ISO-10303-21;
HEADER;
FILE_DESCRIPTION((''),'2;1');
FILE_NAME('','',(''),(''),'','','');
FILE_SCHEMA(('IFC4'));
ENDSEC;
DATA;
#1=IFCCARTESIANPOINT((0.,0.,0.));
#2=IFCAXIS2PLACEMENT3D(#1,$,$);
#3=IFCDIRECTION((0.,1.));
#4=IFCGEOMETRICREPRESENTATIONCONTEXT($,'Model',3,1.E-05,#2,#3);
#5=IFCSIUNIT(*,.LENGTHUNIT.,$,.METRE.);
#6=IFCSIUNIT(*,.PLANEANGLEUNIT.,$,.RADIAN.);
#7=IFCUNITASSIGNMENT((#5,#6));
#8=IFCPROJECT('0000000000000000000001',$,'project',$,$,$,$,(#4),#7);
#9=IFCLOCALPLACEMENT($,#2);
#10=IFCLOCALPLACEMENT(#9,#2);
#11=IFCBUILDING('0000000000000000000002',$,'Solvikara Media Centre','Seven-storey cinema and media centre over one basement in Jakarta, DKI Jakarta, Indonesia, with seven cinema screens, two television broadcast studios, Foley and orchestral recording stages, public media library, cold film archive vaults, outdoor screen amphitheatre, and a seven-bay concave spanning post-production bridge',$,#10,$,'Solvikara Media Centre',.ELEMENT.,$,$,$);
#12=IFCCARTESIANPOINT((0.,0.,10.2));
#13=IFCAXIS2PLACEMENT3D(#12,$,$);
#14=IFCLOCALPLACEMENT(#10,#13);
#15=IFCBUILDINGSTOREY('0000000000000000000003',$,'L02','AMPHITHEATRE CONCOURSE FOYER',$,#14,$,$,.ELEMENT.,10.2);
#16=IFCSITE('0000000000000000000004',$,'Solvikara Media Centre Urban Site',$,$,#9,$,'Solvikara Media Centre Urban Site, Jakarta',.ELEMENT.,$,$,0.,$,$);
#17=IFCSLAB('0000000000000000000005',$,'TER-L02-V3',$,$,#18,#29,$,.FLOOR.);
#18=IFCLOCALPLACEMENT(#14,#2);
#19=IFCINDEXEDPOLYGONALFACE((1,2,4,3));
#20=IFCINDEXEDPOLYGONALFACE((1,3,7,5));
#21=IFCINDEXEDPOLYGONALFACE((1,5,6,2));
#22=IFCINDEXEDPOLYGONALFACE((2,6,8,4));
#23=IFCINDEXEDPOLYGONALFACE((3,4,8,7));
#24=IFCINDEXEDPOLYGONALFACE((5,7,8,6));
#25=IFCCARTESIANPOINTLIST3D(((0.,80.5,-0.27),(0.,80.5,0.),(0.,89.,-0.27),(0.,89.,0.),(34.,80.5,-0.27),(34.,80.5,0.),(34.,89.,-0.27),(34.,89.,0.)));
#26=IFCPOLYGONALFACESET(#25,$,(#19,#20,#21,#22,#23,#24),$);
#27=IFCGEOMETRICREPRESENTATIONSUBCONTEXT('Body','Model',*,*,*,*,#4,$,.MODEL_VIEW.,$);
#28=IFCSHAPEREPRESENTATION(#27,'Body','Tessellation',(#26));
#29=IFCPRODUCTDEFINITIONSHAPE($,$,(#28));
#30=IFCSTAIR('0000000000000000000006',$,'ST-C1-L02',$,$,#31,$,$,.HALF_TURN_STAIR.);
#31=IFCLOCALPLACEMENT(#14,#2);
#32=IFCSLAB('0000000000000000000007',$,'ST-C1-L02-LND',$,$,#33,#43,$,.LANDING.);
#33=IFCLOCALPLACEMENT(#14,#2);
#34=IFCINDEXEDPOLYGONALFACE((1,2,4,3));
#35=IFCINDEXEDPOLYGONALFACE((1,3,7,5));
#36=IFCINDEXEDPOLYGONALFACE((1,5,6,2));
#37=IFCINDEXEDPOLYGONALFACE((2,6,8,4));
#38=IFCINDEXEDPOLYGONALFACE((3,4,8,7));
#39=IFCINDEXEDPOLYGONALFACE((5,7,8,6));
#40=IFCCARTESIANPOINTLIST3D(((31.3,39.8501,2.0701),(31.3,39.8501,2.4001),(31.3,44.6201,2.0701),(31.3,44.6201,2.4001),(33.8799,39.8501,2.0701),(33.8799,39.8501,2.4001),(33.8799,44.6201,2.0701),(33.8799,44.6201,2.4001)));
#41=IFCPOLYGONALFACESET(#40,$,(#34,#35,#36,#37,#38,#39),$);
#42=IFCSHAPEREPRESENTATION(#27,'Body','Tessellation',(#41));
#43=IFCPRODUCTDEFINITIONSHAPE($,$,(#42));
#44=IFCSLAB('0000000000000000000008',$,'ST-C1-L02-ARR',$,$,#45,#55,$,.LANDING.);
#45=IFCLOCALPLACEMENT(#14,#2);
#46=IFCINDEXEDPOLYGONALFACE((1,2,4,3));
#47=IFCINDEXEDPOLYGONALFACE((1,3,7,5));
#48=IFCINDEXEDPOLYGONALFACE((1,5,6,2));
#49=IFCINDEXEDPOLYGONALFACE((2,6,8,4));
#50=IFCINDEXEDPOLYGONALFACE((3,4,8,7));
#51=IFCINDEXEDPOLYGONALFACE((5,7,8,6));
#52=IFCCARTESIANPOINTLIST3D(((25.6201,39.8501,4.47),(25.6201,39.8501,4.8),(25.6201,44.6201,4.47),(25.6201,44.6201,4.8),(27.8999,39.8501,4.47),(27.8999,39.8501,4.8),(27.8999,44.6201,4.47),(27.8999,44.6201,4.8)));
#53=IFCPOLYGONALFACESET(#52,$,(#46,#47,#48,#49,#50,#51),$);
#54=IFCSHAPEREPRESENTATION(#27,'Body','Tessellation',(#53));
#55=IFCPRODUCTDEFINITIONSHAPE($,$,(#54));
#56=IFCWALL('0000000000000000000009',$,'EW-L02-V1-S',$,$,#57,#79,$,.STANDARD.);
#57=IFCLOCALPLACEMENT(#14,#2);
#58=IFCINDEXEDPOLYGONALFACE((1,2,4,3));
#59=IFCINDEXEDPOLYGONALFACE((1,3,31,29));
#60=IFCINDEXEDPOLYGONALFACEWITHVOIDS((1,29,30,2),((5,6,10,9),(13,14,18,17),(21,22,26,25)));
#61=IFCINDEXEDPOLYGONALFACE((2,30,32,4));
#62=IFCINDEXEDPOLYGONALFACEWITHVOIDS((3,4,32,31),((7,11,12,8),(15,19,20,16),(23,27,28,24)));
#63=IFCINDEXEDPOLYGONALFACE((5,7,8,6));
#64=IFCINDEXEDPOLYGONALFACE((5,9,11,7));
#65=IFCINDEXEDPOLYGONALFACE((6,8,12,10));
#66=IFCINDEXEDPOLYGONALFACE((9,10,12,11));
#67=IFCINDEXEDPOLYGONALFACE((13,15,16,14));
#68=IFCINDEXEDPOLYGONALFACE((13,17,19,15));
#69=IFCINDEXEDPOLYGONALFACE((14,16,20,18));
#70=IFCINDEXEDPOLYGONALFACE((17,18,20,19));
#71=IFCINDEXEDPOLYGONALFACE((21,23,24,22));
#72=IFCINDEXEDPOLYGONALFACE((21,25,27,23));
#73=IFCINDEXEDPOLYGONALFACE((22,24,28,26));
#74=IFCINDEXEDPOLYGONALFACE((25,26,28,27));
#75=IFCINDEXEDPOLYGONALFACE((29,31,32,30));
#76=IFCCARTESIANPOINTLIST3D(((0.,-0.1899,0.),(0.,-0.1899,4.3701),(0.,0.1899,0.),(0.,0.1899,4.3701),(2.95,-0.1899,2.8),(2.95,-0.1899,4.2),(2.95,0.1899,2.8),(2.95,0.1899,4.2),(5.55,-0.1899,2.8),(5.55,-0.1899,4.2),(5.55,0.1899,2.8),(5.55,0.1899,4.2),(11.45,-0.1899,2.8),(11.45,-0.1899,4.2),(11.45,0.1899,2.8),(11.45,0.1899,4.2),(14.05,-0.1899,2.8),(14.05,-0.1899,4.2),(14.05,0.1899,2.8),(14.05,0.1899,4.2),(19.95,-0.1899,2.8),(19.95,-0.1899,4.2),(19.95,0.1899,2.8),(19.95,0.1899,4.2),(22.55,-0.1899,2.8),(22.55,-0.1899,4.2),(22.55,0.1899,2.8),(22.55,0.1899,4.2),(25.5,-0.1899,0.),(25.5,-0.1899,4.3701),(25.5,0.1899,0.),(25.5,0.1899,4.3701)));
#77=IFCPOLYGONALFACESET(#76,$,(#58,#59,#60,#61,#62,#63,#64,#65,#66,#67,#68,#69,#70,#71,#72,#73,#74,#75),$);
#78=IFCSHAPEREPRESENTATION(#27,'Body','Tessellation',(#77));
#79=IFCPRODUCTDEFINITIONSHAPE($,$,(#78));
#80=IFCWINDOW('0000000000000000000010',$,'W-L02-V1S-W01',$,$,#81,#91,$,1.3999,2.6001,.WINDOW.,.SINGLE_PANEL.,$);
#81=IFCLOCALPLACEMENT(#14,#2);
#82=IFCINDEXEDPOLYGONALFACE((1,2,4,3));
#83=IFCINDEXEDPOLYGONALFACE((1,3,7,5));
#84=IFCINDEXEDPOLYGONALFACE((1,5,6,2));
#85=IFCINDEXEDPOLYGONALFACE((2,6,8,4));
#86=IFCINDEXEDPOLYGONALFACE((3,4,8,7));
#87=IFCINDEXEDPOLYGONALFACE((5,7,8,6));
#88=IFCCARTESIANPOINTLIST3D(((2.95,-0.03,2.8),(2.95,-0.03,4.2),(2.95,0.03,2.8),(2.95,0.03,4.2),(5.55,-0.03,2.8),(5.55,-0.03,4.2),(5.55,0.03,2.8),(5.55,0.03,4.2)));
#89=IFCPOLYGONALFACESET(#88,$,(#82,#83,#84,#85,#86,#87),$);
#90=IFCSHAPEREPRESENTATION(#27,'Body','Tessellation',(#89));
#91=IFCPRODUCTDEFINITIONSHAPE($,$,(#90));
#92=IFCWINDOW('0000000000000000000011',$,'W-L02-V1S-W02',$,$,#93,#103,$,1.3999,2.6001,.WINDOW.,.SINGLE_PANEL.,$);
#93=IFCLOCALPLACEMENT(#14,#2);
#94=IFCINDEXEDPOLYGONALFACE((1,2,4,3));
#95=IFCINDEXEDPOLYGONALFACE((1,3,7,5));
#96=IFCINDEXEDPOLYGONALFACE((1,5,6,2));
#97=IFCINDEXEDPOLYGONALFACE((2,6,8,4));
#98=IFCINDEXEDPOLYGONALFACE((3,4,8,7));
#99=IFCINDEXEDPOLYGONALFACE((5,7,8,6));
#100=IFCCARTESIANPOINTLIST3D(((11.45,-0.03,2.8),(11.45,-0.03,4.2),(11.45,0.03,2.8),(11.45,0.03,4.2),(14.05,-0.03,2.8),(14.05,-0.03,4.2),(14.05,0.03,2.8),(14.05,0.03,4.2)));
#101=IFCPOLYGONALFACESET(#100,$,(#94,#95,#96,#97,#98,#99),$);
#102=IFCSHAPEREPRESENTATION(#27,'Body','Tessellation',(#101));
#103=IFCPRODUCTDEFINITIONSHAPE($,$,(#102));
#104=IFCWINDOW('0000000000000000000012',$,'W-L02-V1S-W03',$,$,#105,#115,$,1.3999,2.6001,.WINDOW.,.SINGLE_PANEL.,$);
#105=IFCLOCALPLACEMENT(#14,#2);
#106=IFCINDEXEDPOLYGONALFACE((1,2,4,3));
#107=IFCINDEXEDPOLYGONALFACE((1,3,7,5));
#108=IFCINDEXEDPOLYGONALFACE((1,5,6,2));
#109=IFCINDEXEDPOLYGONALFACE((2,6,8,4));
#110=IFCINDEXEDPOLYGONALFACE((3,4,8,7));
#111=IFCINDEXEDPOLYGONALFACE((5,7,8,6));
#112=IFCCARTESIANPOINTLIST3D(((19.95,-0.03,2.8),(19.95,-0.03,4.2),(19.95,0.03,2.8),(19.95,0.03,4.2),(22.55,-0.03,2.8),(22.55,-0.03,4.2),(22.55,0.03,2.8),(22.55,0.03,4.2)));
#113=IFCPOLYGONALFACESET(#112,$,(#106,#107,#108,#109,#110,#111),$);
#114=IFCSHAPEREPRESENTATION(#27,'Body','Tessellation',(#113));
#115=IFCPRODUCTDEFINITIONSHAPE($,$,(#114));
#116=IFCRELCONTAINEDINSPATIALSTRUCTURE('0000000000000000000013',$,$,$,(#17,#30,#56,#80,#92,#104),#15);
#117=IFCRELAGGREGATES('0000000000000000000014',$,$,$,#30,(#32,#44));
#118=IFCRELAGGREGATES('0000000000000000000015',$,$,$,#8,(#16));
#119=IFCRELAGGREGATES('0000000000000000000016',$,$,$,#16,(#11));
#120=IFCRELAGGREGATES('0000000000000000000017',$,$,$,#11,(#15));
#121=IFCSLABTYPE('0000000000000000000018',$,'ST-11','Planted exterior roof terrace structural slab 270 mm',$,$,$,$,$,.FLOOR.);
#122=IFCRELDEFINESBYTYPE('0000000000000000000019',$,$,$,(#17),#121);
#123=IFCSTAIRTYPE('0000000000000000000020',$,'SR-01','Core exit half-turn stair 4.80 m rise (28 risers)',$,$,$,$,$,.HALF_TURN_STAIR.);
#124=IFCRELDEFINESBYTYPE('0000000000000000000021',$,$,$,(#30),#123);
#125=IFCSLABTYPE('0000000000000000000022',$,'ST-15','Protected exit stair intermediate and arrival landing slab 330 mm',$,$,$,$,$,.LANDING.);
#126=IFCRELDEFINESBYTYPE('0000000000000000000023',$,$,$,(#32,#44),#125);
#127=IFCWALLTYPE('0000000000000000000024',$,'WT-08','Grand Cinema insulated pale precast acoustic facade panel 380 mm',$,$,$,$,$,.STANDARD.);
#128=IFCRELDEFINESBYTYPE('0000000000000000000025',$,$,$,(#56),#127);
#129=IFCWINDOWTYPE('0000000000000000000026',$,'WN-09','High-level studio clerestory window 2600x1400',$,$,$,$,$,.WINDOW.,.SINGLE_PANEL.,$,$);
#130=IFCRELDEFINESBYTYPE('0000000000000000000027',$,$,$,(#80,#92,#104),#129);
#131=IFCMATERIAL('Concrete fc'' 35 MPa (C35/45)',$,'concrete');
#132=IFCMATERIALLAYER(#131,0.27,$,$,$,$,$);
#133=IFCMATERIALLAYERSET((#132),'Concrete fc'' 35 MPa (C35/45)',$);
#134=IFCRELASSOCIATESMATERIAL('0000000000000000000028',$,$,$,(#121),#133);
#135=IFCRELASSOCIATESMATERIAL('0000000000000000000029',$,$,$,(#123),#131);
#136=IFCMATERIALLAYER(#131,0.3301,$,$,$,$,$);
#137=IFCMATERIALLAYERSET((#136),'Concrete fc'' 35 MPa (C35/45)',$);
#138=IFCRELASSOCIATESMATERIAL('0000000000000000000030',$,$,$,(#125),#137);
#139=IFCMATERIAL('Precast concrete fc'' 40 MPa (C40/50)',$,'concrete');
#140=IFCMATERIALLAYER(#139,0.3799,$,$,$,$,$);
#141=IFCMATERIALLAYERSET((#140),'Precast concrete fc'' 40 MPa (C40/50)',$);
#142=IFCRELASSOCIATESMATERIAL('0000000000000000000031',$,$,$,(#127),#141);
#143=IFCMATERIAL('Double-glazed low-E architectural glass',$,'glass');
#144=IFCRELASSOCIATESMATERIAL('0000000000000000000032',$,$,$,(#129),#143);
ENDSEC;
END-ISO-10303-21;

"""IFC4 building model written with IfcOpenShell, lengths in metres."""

from ifc_helpers import new_model, si_unit, direction, frame, frame_2d, origin, origin_with_axes, place, context, subcontext, project, spatial, polyline, rectangle, outline, extrude, material, layer, layer_set, type_object, element, fill, aggregate, save


model = new_model("IFC4")

# Units and contexts
model_context = context("Model", 3, precision=1e-05, world=origin(), true_north=direction((0.0, 1.0)))
body_context = subcontext(model_context, "Body", "Model", "MODEL_VIEW")
ifc_project = project(units=[si_unit("LENGTHUNIT", "METRE"), si_unit("PLANEANGLEUNIT", "RADIAN")], contexts=[model_context])

# Site, building, storey
site_placement = place(None, origin())
site = spatial("IfcSite", under=ifc_project, at=site_placement, Name="Solvikara Media Centre Urban Site", LongName="Solvikara Media Centre Urban Site, Jakarta", CompositionType="ELEMENT", RefElevation=0.0)
building_placement = place(site_placement, origin())
building = spatial("IfcBuilding", under=site, at=building_placement, Name="Solvikara Media Centre", Description="Seven-storey cinema and media centre over one basement in Jakarta, DKI Jakarta, Indonesia, with seven cinema screens, two television broadcast studios, Foley and orchestral recording stages, public media library, cold film archive vaults, outdoor screen amphitheatre, and a seven-bay concave spanning post-production bridge", LongName="Solvikara Media Centre", CompositionType="ELEMENT")
storey_placement = place(building_placement, frame((0.0, 0.0, 10.2)))
storey = spatial("IfcBuildingStorey", under=building, at=storey_placement, Name="L02", Description="AMPHITHEATRE CONCOURSE FOYER", CompositionType="ELEMENT", Elevation=10.2)

# Slab
ifc_material_1 = material(Name="Concrete fc' 35 MPa (C35/45)", Category="concrete")
ifc_layer_1 = layer(ifc_material_1, 0.27)
ifc_layer_set_1 = layer_set([ifc_layer_1], Name="Concrete fc' 35 MPa (C35/45)")
slab_type_1 = type_object("IfcSlabType", Name="ST-11", Description="Planted exterior roof terrace structural slab 270 mm", PredefinedType="FLOOR", material=ifc_layer_set_1)
slab_1_placement = place(storey_placement, frame((0.0, 0.0, -0.27)))
element("IfcSlab", 1, at=slab_1_placement, inside=storey, type_object=slab_type_1, Name="TER-L02-V3", PredefinedType="FLOOR", context=body_context, shape_type="SweptSolid", body=[
    extrude(outline(polyline([(0.0, 80.5), (34.0, 80.5), (34.0, 89.0), (0.0, 89.0), (0.0, 80.5)])), origin(), (0.0, 0.0, 1.0), 0.27),
])

# Stair, slabs
stair_type = type_object("IfcStairType", Name="SR-01", Description="Core exit half-turn stair 4.80 m rise (28 risers)", PredefinedType="HALF_TURN_STAIR", material=ifc_material_1)
stair_placement = place(storey_placement, origin())
stair = element("IfcStair", 2, at=stair_placement, inside=storey, type_object=stair_type, Name="ST-C1-L02", PredefinedType="HALF_TURN_STAIR")
ifc_layer_2 = layer(ifc_material_1, 0.3301)
ifc_layer_set_2 = layer_set([ifc_layer_2], Name="Concrete fc' 35 MPa (C35/45)")
slab_type_2 = type_object("IfcSlabType", Name="ST-15", Description="Protected exit stair intermediate and arrival landing slab 330 mm", PredefinedType="LANDING", material=ifc_layer_set_2)
slab_2_placement = place(storey_placement, frame((0.0, 0.0, 2.0701)))
slab_2 = element("IfcSlab", 3, at=slab_2_placement, type_object=slab_type_2, Name="ST-C1-L02-LND", PredefinedType="LANDING", context=body_context, shape_type="SweptSolid", body=[
    extrude(outline(polyline([(31.3, 39.8501), (33.8799, 39.8501), (33.8799, 44.6201), (31.3, 44.6201), (31.3, 39.8501)])), origin(), (0.0, 0.0, 1.0), 0.3301),
])
slab_3_placement = place(storey_placement, frame((0.0, 0.0, 4.47)))
slab_3 = element("IfcSlab", 4, at=slab_3_placement, type_object=slab_type_2, Name="ST-C1-L02-ARR", PredefinedType="LANDING", context=body_context, shape_type="SweptSolid", body=[
    extrude(outline(polyline([(25.6201, 39.8501), (27.8999, 39.8501), (27.8999, 44.6201), (25.6201, 44.6201), (25.6201, 39.8501)])), origin(), (0.0, 0.0, 1.0), 0.3301),
])
aggregate(stair, [slab_2, slab_3])

# Wall, openings, windows
ifc_material_2 = material(Name="Precast concrete fc' 40 MPa (C40/50)", Category="concrete")
ifc_layer_3 = layer(ifc_material_2, 0.3799)
ifc_layer_set_3 = layer_set([ifc_layer_3], Name="Precast concrete fc' 40 MPa (C40/50)")
wall_type = type_object("IfcWallType", Name="WT-08", Description="Grand Cinema insulated pale precast acoustic facade panel 380 mm", PredefinedType="STANDARD", material=ifc_layer_set_3)
wall_1_placement = place(storey_placement, origin_with_axes())
wall_1 = element("IfcWall", 5, at=wall_1_placement, inside=storey, type_object=wall_type, Name="EW-L02-V1-S", PredefinedType="STANDARD", context=body_context, shape_type="SweptSolid", body=[
    extrude(rectangle(XDim=25.5, YDim=0.3799, at=frame_2d((12.75, 0.0))), origin(), (0.0, 0.0, 1.0), 4.3701),
])
opening_1_placement = place(wall_1_placement, frame((2.95, 0.0, 2.8)))
opening_1 = element("IfcOpeningElement", 6, at=opening_1_placement, cuts=wall_1, PredefinedType="OPENING", context=body_context, shape_type="SweptSolid", body=[
    extrude(rectangle(XDim=2.6001, YDim=1.3999, at=frame_2d((1.3, 0.7))), frame((0.0, 0.2019, 0.0), z_axis=(0.0, -1.0, 0.0), x_axis=(1.0, 0.0, 0.0)), (0.0, 0.0, 1.0), 0.4038),
])
opening_2_placement = place(wall_1_placement, frame((11.45, 0.0, 2.8)))
opening_2 = element("IfcOpeningElement", 7, at=opening_2_placement, cuts=wall_1, PredefinedType="OPENING", context=body_context, shape_type="SweptSolid", body=[
    extrude(rectangle(XDim=2.6001, YDim=1.3999, at=frame_2d((1.3, 0.7))), frame((0.0, 0.2019, 0.0), z_axis=(0.0, -1.0, 0.0), x_axis=(1.0, 0.0, 0.0)), (0.0, 0.0, 1.0), 0.4038),
])
opening_3_placement = place(wall_1_placement, frame((19.95, 0.0, 2.8)))
opening_3 = element("IfcOpeningElement", 8, at=opening_3_placement, cuts=wall_1, PredefinedType="OPENING", context=body_context, shape_type="SweptSolid", body=[
    extrude(rectangle(XDim=2.6001, YDim=1.3999, at=frame_2d((1.3, 0.7))), frame((0.0, 0.2019, 0.0), z_axis=(0.0, -1.0, 0.0), x_axis=(1.0, 0.0, 0.0)), (0.0, 0.0, 1.0), 0.4038),
])
ifc_material_3 = material(Name="Double-glazed low-E architectural glass", Category="glass")
window_type_1 = type_object("IfcWindowType", Name="WN-09", Description="High-level studio clerestory window 2600x1400", PartitioningType="SINGLE_PANEL", PredefinedType="WINDOW", material=ifc_material_3)
window_1_placement = place(opening_1_placement, origin())
window_1 = element("IfcWindow", 9, at=window_1_placement, inside=storey, type_object=window_type_1, Name="W-L02-V1S-W01", OverallHeight=1.3999, OverallWidth=2.6001, PartitioningType="SINGLE_PANEL", PredefinedType="WINDOW", context=body_context, shape_type="SweptSolid", body=[
    extrude(rectangle(XDim=2.6001, YDim=1.3999, at=frame_2d((1.3, 0.7))), frame((0.0, 0.03, 0.0), z_axis=(0.0, -1.0, 0.0), x_axis=(1.0, 0.0, 0.0)), (0.0, 0.0, 1.0), 0.0601),
])
fill(opening_1, window_1)
window_2_placement = place(opening_2_placement, origin())
window_2 = element("IfcWindow", 10, at=window_2_placement, inside=storey, type_object=window_type_1, Name="W-L02-V1S-W02", OverallHeight=1.3999, OverallWidth=2.6001, PartitioningType="SINGLE_PANEL", PredefinedType="WINDOW", context=body_context, shape_type="SweptSolid", body=[
    extrude(rectangle(XDim=2.6001, YDim=1.3999, at=frame_2d((1.3, 0.7))), frame((0.0, 0.03, 0.0), z_axis=(0.0, -1.0, 0.0), x_axis=(1.0, 0.0, 0.0)), (0.0, 0.0, 1.0), 0.0601),
])
fill(opening_2, window_2)
window_3_placement = place(opening_3_placement, origin())
window_3 = element("IfcWindow", 11, at=window_3_placement, inside=storey, type_object=window_type_1, Name="W-L02-V1S-W03", OverallHeight=1.3999, OverallWidth=2.6001, PartitioningType="SINGLE_PANEL", PredefinedType="WINDOW", context=body_context, shape_type="SweptSolid", body=[
    extrude(rectangle(XDim=2.6001, YDim=1.3999, at=frame_2d((1.3, 0.7))), frame((0.0, 0.03, 0.0), z_axis=(0.0, -1.0, 0.0), x_axis=(1.0, 0.0, 0.0)), (0.0, 0.0, 1.0), 0.0601),
])
fill(opening_3, window_3)

save(model, "model.ifc")
